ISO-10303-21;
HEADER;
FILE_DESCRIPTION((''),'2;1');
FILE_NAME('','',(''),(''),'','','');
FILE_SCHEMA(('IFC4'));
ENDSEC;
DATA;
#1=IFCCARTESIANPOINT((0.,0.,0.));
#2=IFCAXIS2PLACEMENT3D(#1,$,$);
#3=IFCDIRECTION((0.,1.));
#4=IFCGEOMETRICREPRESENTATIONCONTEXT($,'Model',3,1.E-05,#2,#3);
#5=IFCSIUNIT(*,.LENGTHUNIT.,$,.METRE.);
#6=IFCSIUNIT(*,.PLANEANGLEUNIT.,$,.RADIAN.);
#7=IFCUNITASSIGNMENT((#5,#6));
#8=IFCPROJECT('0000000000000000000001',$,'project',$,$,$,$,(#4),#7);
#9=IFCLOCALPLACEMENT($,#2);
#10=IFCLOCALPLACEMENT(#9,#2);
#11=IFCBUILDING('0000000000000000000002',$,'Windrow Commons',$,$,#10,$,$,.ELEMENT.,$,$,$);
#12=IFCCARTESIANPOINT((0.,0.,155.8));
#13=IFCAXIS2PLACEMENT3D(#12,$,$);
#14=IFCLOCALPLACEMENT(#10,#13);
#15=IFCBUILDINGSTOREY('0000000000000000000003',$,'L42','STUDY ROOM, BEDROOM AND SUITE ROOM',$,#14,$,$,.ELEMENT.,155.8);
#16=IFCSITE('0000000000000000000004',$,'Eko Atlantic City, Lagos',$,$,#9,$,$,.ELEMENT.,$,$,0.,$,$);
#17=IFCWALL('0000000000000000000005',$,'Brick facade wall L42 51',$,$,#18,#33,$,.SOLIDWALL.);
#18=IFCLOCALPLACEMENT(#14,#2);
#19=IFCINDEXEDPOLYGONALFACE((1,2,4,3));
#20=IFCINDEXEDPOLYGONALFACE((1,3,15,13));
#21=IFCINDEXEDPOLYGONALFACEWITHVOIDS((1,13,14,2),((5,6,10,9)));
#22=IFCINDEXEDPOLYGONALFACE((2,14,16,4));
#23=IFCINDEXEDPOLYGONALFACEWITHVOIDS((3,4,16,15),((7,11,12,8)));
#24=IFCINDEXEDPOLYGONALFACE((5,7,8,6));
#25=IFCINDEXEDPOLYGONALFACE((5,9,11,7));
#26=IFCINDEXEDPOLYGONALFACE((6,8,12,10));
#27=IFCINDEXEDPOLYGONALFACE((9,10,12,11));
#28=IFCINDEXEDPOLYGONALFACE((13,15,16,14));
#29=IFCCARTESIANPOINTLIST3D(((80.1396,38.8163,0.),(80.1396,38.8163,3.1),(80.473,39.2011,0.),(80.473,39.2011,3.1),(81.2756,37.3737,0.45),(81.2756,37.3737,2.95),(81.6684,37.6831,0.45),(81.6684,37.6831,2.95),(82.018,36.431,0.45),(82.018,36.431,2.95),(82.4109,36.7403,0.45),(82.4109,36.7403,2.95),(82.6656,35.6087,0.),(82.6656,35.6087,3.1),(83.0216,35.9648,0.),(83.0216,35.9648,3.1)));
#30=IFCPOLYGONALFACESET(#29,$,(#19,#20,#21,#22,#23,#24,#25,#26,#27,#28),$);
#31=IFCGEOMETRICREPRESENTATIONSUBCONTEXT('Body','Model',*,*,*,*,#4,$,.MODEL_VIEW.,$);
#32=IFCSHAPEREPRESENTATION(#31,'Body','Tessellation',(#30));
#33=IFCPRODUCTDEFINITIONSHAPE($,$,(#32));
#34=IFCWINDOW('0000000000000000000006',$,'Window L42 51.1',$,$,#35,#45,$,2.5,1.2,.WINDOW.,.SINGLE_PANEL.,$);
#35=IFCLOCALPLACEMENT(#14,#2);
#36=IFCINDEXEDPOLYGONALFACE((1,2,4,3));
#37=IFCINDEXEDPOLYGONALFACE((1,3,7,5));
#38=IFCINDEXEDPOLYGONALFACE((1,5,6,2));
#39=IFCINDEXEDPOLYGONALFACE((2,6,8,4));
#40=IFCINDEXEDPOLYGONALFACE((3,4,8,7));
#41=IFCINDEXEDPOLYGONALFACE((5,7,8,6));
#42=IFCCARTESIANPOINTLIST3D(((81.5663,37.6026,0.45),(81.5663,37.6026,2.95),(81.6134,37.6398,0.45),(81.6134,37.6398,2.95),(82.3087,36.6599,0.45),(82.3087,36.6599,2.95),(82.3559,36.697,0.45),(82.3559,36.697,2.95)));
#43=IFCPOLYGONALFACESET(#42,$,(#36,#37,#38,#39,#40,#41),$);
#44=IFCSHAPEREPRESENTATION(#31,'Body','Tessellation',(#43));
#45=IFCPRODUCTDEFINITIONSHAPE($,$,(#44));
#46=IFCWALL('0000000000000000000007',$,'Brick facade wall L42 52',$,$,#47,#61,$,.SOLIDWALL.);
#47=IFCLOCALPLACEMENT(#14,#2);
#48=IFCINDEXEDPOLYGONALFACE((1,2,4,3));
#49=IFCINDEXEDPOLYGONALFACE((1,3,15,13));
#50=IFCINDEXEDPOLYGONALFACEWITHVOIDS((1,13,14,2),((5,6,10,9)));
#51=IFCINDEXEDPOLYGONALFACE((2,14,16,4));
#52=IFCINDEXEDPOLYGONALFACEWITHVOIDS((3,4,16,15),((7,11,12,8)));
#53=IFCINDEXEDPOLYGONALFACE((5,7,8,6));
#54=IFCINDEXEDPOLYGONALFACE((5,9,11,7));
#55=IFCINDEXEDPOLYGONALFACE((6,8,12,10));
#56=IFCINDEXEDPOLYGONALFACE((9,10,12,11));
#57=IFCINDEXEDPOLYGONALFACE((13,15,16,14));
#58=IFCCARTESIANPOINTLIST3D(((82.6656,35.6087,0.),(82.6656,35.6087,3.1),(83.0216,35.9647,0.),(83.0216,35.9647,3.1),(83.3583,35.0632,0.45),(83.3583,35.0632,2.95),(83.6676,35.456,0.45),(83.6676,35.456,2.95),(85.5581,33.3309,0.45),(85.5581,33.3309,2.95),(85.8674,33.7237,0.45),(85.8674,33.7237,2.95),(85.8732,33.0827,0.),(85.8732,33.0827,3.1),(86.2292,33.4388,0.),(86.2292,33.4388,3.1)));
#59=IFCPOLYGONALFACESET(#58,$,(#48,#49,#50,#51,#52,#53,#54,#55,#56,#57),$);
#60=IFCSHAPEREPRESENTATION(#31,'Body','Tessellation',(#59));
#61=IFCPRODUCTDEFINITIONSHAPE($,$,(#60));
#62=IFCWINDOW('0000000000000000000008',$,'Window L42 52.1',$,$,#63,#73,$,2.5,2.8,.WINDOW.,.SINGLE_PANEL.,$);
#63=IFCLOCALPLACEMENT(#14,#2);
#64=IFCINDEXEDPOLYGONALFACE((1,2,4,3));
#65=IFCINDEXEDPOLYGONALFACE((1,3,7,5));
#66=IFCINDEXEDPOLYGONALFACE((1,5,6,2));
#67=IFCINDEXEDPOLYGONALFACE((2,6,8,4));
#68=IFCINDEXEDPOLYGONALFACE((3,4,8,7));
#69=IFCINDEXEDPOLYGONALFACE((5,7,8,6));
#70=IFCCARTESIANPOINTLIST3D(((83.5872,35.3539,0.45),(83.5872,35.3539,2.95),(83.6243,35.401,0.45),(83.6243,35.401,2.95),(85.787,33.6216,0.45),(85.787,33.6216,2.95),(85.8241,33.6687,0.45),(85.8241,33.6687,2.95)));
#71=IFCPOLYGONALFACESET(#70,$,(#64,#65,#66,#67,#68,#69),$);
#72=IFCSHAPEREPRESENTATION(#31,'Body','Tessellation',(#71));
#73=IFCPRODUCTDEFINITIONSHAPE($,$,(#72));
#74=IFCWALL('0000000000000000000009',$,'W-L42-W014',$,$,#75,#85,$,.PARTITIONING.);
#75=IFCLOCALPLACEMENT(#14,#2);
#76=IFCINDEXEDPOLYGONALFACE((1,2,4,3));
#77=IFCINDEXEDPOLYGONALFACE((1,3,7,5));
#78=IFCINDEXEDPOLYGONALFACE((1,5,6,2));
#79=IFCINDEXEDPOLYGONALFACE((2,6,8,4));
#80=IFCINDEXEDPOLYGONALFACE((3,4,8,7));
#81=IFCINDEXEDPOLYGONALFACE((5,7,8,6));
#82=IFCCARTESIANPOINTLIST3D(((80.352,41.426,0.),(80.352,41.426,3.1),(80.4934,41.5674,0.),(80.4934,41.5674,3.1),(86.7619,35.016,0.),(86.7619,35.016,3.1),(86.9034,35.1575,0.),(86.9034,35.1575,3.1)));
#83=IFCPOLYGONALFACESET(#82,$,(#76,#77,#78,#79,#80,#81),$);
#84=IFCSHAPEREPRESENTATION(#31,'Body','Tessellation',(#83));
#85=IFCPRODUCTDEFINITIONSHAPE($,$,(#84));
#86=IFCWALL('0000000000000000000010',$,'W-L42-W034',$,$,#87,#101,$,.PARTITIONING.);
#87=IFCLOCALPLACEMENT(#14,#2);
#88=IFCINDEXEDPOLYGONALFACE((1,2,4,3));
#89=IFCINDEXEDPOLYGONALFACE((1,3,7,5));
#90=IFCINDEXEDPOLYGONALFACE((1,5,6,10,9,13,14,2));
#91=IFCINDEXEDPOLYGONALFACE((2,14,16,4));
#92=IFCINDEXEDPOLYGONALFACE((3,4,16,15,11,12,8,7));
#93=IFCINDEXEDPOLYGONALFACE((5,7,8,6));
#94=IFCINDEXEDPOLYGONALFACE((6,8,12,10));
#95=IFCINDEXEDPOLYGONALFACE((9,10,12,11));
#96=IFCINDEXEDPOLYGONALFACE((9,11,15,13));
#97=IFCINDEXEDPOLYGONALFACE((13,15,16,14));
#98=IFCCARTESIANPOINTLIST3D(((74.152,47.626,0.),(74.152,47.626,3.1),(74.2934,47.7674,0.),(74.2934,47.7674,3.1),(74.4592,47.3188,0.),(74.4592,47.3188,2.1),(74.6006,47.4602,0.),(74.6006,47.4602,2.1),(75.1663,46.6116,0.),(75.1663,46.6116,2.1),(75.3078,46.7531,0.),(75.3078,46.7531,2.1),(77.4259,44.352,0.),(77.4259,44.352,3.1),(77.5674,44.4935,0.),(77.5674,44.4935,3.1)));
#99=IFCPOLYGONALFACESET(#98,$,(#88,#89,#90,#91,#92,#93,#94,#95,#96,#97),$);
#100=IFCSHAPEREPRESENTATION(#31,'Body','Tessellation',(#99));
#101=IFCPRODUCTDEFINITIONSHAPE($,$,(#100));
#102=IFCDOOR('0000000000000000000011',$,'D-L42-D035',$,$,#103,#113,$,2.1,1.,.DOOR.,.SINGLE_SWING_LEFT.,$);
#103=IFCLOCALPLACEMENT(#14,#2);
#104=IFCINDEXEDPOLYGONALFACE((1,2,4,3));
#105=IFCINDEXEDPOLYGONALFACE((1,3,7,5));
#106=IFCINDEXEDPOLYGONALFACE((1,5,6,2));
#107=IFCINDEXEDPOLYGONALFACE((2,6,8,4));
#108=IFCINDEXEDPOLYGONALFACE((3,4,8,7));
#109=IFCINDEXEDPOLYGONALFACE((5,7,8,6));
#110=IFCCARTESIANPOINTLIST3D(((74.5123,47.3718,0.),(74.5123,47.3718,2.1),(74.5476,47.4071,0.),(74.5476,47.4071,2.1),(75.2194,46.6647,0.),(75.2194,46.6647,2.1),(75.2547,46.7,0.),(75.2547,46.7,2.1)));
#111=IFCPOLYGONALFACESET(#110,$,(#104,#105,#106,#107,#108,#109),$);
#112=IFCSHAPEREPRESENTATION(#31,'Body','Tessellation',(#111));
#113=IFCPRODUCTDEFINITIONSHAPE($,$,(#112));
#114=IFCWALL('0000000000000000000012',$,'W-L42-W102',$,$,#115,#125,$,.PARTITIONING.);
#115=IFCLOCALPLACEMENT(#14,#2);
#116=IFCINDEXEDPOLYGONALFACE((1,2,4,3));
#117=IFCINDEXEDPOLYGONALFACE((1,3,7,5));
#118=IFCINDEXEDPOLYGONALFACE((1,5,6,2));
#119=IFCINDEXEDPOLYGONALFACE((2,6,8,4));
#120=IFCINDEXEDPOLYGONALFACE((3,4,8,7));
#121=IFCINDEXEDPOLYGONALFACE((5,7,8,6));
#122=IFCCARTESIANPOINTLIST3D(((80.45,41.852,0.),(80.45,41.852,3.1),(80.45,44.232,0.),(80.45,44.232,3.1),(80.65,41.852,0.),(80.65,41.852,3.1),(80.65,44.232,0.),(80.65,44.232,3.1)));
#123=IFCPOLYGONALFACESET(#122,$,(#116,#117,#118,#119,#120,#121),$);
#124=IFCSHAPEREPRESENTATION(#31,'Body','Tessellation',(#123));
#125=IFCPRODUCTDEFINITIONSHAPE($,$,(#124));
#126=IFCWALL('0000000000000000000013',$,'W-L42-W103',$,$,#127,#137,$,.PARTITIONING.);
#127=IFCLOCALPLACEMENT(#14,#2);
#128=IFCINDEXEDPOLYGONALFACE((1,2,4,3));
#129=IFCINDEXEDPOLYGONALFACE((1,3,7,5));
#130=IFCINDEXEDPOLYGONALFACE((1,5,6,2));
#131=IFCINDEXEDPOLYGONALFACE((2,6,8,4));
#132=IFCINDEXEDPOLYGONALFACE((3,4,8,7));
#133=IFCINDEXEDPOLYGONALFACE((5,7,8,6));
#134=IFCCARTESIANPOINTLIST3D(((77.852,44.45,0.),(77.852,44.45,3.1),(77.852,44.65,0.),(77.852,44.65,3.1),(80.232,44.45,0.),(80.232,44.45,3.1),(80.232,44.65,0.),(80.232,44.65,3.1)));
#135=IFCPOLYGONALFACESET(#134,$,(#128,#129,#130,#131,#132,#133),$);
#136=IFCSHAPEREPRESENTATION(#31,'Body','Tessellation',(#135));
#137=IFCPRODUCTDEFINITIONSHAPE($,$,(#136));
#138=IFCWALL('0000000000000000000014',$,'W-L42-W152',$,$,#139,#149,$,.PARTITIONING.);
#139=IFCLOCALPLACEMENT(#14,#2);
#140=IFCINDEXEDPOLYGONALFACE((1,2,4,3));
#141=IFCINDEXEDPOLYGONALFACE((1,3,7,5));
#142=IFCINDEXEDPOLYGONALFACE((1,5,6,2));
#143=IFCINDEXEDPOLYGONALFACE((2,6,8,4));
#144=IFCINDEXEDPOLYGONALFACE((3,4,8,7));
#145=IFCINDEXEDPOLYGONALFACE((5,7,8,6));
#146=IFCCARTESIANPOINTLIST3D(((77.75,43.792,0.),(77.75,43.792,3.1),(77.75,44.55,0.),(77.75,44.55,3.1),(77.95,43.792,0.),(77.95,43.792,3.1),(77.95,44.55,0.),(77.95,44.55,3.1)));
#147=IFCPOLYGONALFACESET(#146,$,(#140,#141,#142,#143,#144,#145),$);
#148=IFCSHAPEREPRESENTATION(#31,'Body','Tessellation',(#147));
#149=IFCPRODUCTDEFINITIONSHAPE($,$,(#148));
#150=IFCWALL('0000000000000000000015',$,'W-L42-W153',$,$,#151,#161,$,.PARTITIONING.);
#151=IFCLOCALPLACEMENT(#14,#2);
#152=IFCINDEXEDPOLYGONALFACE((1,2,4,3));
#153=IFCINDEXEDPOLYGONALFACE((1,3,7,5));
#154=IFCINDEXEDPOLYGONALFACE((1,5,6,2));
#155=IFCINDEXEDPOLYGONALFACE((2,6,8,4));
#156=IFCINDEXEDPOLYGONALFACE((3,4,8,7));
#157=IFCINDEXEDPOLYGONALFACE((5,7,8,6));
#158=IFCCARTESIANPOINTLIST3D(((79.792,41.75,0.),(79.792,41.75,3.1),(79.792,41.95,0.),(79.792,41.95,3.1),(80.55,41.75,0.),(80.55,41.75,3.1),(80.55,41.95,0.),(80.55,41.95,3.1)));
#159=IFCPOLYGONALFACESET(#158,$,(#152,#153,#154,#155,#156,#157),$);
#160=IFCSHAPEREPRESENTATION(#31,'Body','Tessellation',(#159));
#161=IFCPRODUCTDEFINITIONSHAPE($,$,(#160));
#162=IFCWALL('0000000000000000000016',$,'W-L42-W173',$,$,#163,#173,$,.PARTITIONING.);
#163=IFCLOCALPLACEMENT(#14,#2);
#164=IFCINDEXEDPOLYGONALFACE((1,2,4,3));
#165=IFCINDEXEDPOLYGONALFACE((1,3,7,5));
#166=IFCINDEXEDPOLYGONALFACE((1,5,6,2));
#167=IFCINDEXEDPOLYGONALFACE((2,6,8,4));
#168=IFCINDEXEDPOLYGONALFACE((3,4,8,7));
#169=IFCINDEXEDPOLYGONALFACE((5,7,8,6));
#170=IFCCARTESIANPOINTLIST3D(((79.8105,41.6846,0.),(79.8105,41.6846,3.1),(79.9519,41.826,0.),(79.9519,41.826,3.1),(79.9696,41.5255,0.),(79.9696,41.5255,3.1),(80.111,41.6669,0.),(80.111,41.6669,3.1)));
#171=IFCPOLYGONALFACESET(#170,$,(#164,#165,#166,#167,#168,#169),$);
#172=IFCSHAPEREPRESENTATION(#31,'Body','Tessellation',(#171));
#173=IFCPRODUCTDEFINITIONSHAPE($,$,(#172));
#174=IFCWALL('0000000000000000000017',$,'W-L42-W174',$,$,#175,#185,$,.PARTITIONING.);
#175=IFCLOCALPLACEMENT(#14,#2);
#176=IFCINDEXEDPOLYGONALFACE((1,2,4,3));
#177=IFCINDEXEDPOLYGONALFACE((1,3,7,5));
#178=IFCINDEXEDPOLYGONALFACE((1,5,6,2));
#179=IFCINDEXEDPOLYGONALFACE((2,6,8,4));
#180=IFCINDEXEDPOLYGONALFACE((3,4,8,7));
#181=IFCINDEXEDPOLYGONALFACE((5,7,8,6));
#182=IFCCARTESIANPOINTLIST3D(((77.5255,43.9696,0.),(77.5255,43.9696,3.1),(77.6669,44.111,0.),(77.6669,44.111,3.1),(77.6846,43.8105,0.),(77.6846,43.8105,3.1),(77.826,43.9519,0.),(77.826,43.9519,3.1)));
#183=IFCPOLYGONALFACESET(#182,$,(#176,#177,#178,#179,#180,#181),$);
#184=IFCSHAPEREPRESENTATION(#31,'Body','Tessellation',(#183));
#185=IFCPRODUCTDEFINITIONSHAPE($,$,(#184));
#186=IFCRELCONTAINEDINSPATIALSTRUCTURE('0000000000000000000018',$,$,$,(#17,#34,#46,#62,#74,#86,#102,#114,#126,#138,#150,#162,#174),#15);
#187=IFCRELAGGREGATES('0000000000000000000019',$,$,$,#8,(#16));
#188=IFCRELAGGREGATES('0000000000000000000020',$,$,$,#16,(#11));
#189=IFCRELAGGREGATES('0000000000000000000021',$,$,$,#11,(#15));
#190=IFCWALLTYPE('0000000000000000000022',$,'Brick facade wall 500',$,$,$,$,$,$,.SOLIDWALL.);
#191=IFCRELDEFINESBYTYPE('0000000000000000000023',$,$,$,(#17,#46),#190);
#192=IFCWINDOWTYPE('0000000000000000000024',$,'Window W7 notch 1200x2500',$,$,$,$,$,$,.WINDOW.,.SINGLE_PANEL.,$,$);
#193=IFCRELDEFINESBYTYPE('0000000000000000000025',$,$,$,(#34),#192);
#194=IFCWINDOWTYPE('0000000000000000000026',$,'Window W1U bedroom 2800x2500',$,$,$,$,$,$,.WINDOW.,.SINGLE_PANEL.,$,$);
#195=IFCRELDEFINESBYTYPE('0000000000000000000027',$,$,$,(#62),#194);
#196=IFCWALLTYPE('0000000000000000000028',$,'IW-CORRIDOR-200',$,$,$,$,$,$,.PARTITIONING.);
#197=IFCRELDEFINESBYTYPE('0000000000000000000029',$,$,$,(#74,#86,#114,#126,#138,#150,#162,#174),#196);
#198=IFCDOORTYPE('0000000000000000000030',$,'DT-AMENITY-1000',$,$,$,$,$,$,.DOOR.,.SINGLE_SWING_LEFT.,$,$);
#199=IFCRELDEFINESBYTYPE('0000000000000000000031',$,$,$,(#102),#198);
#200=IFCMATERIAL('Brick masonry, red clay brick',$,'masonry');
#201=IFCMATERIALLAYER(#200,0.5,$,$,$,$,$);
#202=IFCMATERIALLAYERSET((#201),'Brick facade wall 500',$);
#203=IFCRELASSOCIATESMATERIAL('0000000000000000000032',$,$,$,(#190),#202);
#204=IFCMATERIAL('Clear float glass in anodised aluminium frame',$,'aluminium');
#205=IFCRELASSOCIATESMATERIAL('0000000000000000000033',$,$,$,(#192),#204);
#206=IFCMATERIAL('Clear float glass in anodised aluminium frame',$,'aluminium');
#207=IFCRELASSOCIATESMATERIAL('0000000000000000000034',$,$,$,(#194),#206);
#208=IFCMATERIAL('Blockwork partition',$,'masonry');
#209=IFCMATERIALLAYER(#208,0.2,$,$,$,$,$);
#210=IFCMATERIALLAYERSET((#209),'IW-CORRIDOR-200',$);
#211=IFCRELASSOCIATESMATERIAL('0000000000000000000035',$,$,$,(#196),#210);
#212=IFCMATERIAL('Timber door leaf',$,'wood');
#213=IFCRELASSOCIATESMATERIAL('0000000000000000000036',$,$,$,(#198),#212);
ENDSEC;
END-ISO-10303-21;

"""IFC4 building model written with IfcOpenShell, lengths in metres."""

from ifc_helpers import new_model, si_unit, direction, frame, frame_2d, origin, place, context, subcontext, project, spatial, polyline, rectangle, outline, extrude, material, layer, layer_set, type_object, element, fill, save


model = new_model("IFC4")

# Units and contexts
model_context = context("Model", 3, precision=1e-05, world=origin(), true_north=direction((0.0, 1.0)))
body_context = subcontext(model_context, "Body", "Model", "MODEL_VIEW")
ifc_project = project(units=[si_unit("LENGTHUNIT", "METRE"), si_unit("PLANEANGLEUNIT", "RADIAN")], contexts=[model_context])

# Site, building, storey
site_placement = place(None, origin())
site = spatial("IfcSite", under=ifc_project, at=site_placement, Name="Eko Atlantic City, Lagos", CompositionType="ELEMENT", RefElevation=0.0)
building_placement = place(site_placement, origin())
building = spatial("IfcBuilding", under=site, at=building_placement, Name="Windrow Commons", CompositionType="ELEMENT")
storey_placement = place(building_placement, frame((0.0, 0.0, 155.8)))
storey = spatial("IfcBuildingStorey", under=building, at=storey_placement, Name="L42", Description="STUDY ROOM, BEDROOM AND SUITE ROOM", CompositionType="ELEMENT", Elevation=155.8)

# Shared definitions
ifc_material_1 = material(Name="Brick masonry, red clay brick", Category="masonry")
ifc_layer_1 = layer(ifc_material_1, 0.5)
ifc_layer_set_1 = layer_set([ifc_layer_1], Name="Brick facade wall 500")
wall_type_1 = type_object("IfcWallType", Name="Brick facade wall 500", PredefinedType="SOLIDWALL", material=ifc_layer_set_1)
ifc_material_2 = material(Name="Clear float glass in anodised aluminium frame", Category="aluminium")
window_type_1 = type_object("IfcWindowType", Name="Window W7 notch 1200x2500", PartitioningType="SINGLE_PANEL", PredefinedType="WINDOW", material=ifc_material_2)

# Walls, openings, windows
wall_1_placement = place(storey_placement, frame((80.3063, 39.0087, 0.0), z_axis=(0.0, 0.0, 1.0), x_axis=(0.618685, -0.785639, 0.0)))
wall_1 = element("IfcWall", 1, at=wall_1_placement, inside=storey, type_object=wall_type_1, Name="Brick facade wall L42 51", PredefinedType="SOLIDWALL", context=body_context, shape_type="SweptSolid", body=[
    extrude(outline(polyline([(0.048, -0.25), (4.1308, -0.25), (4.0713, 0.25), (-0.048, 0.25), (0.048, -0.25)])), origin(), (0.0, 0.0, 1.0), 3.1),
])
opening_1_placement = place(wall_1_placement, frame((1.8842, 0.0, 0.45)))
opening_1 = element("IfcOpeningElement", 2, at=opening_1_placement, cuts=wall_1, PredefinedType="OPENING", context=body_context, shape_type="SweptSolid", body=[
    extrude(rectangle(XDim=1.2, YDim=2.5, at=frame_2d((0.6, 1.25))), frame((0.0, 0.26, 0.0), z_axis=(0.0, -1.0, 0.0), x_axis=(1.0, 0.0, 0.0)), (0.0, 0.0, 1.0), 0.52),
])
window_1_placement = place(opening_1_placement, origin())
window_1 = element("IfcWindow", 3, at=window_1_placement, inside=storey, type_object=window_type_1, Name="Window L42 51.1", OverallHeight=2.5, OverallWidth=1.2, PartitioningType="SINGLE_PANEL", PredefinedType="WINDOW", context=body_context, shape_type="SweptSolid", body=[
    extrude(rectangle(XDim=1.2, YDim=2.5, at=frame_2d((0.6, 1.25))), frame((0.0, 0.18, 0.0), z_axis=(0.0, -1.0, 0.0), x_axis=(1.0, 0.0, 0.0)), (0.0, 0.0, 1.0), 0.06),
])
fill(opening_1, window_1)
wall_2_placement = place(storey_placement, frame((82.8436, 35.7867, 0.0), z_axis=(0.0, 0.0, 1.0), x_axis=(0.785646, -0.618676, 0.0)))
wall_2 = element("IfcWall", 4, at=wall_2_placement, inside=storey, type_object=wall_type_1, Name="Brick facade wall L42 52", PredefinedType="SOLIDWALL", context=body_context, shape_type="SweptSolid", body=[
    extrude(outline(polyline([(-0.0297, -0.25), (4.0531, -0.25), (4.1125, 0.25), (0.0297, 0.25), (-0.0297, -0.25)])), origin(), (0.0, 0.0, 1.0), 3.1),
])
opening_2_placement = place(wall_2_placement, frame((0.852, 0.0, 0.45)))
opening_2 = element("IfcOpeningElement", 5, at=opening_2_placement, cuts=wall_2, PredefinedType="OPENING", context=body_context, shape_type="SweptSolid", body=[
    extrude(rectangle(XDim=2.8, YDim=2.5, at=frame_2d((1.4, 1.25))), frame((0.0, 0.26, 0.0), z_axis=(0.0, -1.0, 0.0), x_axis=(1.0, 0.0, 0.0)), (0.0, 0.0, 1.0), 0.52),
])
ifc_material_3 = material(Name="Clear float glass in anodised aluminium frame", Category="aluminium")
window_type_2 = type_object("IfcWindowType", Name="Window W1U bedroom 2800x2500", PartitioningType="SINGLE_PANEL", PredefinedType="WINDOW", material=ifc_material_3)
window_2_placement = place(opening_2_placement, origin())
window_2 = element("IfcWindow", 6, at=window_2_placement, inside=storey, type_object=window_type_2, Name="Window L42 52.1", OverallHeight=2.5, OverallWidth=2.8, PartitioningType="SINGLE_PANEL", PredefinedType="WINDOW", context=body_context, shape_type="SweptSolid", body=[
    extrude(rectangle(XDim=2.8, YDim=2.5, at=frame_2d((1.4, 1.25))), frame((0.0, 0.18, 0.0), z_axis=(0.0, -1.0, 0.0), x_axis=(1.0, 0.0, 0.0)), (0.0, 0.0, 1.0), 0.06),
])
fill(opening_2, window_2)

# Wall
ifc_material_4 = material(Name="Blockwork partition", Category="masonry")
ifc_layer_2 = layer(ifc_material_4, 0.2)
ifc_layer_set_2 = layer_set([ifc_layer_2], Name="IW-CORRIDOR-200")
wall_type_2 = type_object("IfcWallType", Name="IW-CORRIDOR-200", PredefinedType="PARTITIONING", material=ifc_layer_set_2)
wall_3_placement = place(storey_placement, frame((80.4227, 41.4967, 0.0), z_axis=(0.0, 0.0, 1.0), x_axis=(0.707107, -0.707107, 0.0)))
element("IfcWall", 7, at=wall_3_placement, inside=storey, type_object=wall_type_2, Name="W-L42-W014", PredefinedType="PARTITIONING", context=body_context, shape_type="SweptSolid", body=[
    extrude(rectangle(XDim=9.0651, YDim=0.2, at=frame_2d((4.5325, 0.0))), origin(), (0.0, 0.0, 1.0), 3.1),
])

# Wall, opening, door
wall_4_placement = place(storey_placement, frame((74.2227, 47.6967, 0.0), z_axis=(0.0, 0.0, 1.0), x_axis=(0.707107, -0.707107, 0.0)))
wall_4 = element("IfcWall", 8, at=wall_4_placement, inside=storey, type_object=wall_type_2, Name="W-L42-W034", PredefinedType="PARTITIONING", context=body_context, shape_type="SweptSolid", body=[
    extrude(rectangle(XDim=4.6301, YDim=0.2, at=frame_2d((2.315, 0.0))), origin(), (0.0, 0.0, 1.0), 3.1),
])
opening_3_placement = place(wall_4_placement, frame((0.4345, 0.0, 0.0)))
opening_3 = element("IfcOpeningElement", 9, at=opening_3_placement, cuts=wall_4, PredefinedType="OPENING", context=body_context, shape_type="SweptSolid", body=[
    extrude(rectangle(XDim=1.0, YDim=2.1, at=frame_2d((0.5, 1.05))), frame((0.0, 0.11, 0.0), z_axis=(0.0, -1.0, 0.0), x_axis=(1.0, 0.0, 0.0)), (0.0, 0.0, 1.0), 0.22),
])
ifc_material_5 = material(Name="Timber door leaf", Category="wood")
door_type = type_object("IfcDoorType", Name="DT-AMENITY-1000", OperationType="SINGLE_SWING_LEFT", PredefinedType="DOOR", material=ifc_material_5)
door_placement = place(opening_3_placement, origin())
door = element("IfcDoor", 10, at=door_placement, inside=storey, type_object=door_type, Name="D-L42-D035", OperationType="SINGLE_SWING_LEFT", OverallHeight=2.1, OverallWidth=1.0, PredefinedType="DOOR", context=body_context, shape_type="SweptSolid", body=[
    extrude(rectangle(XDim=1.0, YDim=2.1, at=frame_2d((0.5, 1.05))), frame((0.0, 0.025, 0.0), z_axis=(0.0, -1.0, 0.0), x_axis=(1.0, 0.0, 0.0)), (0.0, 0.0, 1.0), 0.05),
])
fill(opening_3, door)

# Walls
for number, where, z_axis, x_axis, name in (
    (11, (80.55, 41.852, 0.0), (0.0, 0.0, 1.0), (0.0, 1.0, 0.0), "W-L42-W102"),
    (12, (77.852, 44.55, 0.0), (0.0, 0.0, 1.0), (1.0, 0.0, 0.0), "W-L42-W103"),
):
    element("IfcWall", number, at=place(storey_placement, frame(where, z_axis=z_axis, x_axis=x_axis)), inside=storey, type_object=wall_type_2, Name=name, PredefinedType="PARTITIONING", context=body_context, shape_type="SweptSolid", body=[
        extrude(rectangle(XDim=2.38, YDim=0.2, at=frame_2d((1.19, 0.0))), origin(), (0.0, 0.0, 1.0), 3.1),
    ])
for number, where, z_axis, x_axis, name in (
    (13, (77.85, 43.792, 0.0), (0.0, 0.0, 1.0), (0.0, 1.0, 0.0), "W-L42-W152"),
    (14, (79.792, 41.85, 0.0), (0.0, 0.0, 1.0), (1.0, 0.0, 0.0), "W-L42-W153"),
):
    element("IfcWall", number, at=place(storey_placement, frame(where, z_axis=z_axis, x_axis=x_axis)), inside=storey, type_object=wall_type_2, Name=name, PredefinedType="PARTITIONING", context=body_context, shape_type="SweptSolid", body=[
        extrude(rectangle(XDim=0.758, YDim=0.2, at=frame_2d((0.379, 0.0))), origin(), (0.0, 0.0, 1.0), 3.1),
    ])
for number, where, z_axis, x_axis, name in (
    (15, (79.8812, 41.7553, 0.0), (0.0, 0.0, 1.0), (0.707107, -0.707107, 0.0), "W-L42-W173"),
    (16, (77.5962, 44.0403, 0.0), (0.0, 0.0, 1.0), (0.707107, -0.707107, 0.0), "W-L42-W174"),
):
    element("IfcWall", number, at=place(storey_placement, frame(where, z_axis=z_axis, x_axis=x_axis)), inside=storey, type_object=wall_type_2, Name=name, PredefinedType="PARTITIONING", context=body_context, shape_type="SweptSolid", body=[
        extrude(rectangle(XDim=0.225, YDim=0.2, at=frame_2d((0.1125, 0.0))), origin(), (0.0, 0.0, 1.0), 3.1),
    ])

save(model, "model.ifc")
